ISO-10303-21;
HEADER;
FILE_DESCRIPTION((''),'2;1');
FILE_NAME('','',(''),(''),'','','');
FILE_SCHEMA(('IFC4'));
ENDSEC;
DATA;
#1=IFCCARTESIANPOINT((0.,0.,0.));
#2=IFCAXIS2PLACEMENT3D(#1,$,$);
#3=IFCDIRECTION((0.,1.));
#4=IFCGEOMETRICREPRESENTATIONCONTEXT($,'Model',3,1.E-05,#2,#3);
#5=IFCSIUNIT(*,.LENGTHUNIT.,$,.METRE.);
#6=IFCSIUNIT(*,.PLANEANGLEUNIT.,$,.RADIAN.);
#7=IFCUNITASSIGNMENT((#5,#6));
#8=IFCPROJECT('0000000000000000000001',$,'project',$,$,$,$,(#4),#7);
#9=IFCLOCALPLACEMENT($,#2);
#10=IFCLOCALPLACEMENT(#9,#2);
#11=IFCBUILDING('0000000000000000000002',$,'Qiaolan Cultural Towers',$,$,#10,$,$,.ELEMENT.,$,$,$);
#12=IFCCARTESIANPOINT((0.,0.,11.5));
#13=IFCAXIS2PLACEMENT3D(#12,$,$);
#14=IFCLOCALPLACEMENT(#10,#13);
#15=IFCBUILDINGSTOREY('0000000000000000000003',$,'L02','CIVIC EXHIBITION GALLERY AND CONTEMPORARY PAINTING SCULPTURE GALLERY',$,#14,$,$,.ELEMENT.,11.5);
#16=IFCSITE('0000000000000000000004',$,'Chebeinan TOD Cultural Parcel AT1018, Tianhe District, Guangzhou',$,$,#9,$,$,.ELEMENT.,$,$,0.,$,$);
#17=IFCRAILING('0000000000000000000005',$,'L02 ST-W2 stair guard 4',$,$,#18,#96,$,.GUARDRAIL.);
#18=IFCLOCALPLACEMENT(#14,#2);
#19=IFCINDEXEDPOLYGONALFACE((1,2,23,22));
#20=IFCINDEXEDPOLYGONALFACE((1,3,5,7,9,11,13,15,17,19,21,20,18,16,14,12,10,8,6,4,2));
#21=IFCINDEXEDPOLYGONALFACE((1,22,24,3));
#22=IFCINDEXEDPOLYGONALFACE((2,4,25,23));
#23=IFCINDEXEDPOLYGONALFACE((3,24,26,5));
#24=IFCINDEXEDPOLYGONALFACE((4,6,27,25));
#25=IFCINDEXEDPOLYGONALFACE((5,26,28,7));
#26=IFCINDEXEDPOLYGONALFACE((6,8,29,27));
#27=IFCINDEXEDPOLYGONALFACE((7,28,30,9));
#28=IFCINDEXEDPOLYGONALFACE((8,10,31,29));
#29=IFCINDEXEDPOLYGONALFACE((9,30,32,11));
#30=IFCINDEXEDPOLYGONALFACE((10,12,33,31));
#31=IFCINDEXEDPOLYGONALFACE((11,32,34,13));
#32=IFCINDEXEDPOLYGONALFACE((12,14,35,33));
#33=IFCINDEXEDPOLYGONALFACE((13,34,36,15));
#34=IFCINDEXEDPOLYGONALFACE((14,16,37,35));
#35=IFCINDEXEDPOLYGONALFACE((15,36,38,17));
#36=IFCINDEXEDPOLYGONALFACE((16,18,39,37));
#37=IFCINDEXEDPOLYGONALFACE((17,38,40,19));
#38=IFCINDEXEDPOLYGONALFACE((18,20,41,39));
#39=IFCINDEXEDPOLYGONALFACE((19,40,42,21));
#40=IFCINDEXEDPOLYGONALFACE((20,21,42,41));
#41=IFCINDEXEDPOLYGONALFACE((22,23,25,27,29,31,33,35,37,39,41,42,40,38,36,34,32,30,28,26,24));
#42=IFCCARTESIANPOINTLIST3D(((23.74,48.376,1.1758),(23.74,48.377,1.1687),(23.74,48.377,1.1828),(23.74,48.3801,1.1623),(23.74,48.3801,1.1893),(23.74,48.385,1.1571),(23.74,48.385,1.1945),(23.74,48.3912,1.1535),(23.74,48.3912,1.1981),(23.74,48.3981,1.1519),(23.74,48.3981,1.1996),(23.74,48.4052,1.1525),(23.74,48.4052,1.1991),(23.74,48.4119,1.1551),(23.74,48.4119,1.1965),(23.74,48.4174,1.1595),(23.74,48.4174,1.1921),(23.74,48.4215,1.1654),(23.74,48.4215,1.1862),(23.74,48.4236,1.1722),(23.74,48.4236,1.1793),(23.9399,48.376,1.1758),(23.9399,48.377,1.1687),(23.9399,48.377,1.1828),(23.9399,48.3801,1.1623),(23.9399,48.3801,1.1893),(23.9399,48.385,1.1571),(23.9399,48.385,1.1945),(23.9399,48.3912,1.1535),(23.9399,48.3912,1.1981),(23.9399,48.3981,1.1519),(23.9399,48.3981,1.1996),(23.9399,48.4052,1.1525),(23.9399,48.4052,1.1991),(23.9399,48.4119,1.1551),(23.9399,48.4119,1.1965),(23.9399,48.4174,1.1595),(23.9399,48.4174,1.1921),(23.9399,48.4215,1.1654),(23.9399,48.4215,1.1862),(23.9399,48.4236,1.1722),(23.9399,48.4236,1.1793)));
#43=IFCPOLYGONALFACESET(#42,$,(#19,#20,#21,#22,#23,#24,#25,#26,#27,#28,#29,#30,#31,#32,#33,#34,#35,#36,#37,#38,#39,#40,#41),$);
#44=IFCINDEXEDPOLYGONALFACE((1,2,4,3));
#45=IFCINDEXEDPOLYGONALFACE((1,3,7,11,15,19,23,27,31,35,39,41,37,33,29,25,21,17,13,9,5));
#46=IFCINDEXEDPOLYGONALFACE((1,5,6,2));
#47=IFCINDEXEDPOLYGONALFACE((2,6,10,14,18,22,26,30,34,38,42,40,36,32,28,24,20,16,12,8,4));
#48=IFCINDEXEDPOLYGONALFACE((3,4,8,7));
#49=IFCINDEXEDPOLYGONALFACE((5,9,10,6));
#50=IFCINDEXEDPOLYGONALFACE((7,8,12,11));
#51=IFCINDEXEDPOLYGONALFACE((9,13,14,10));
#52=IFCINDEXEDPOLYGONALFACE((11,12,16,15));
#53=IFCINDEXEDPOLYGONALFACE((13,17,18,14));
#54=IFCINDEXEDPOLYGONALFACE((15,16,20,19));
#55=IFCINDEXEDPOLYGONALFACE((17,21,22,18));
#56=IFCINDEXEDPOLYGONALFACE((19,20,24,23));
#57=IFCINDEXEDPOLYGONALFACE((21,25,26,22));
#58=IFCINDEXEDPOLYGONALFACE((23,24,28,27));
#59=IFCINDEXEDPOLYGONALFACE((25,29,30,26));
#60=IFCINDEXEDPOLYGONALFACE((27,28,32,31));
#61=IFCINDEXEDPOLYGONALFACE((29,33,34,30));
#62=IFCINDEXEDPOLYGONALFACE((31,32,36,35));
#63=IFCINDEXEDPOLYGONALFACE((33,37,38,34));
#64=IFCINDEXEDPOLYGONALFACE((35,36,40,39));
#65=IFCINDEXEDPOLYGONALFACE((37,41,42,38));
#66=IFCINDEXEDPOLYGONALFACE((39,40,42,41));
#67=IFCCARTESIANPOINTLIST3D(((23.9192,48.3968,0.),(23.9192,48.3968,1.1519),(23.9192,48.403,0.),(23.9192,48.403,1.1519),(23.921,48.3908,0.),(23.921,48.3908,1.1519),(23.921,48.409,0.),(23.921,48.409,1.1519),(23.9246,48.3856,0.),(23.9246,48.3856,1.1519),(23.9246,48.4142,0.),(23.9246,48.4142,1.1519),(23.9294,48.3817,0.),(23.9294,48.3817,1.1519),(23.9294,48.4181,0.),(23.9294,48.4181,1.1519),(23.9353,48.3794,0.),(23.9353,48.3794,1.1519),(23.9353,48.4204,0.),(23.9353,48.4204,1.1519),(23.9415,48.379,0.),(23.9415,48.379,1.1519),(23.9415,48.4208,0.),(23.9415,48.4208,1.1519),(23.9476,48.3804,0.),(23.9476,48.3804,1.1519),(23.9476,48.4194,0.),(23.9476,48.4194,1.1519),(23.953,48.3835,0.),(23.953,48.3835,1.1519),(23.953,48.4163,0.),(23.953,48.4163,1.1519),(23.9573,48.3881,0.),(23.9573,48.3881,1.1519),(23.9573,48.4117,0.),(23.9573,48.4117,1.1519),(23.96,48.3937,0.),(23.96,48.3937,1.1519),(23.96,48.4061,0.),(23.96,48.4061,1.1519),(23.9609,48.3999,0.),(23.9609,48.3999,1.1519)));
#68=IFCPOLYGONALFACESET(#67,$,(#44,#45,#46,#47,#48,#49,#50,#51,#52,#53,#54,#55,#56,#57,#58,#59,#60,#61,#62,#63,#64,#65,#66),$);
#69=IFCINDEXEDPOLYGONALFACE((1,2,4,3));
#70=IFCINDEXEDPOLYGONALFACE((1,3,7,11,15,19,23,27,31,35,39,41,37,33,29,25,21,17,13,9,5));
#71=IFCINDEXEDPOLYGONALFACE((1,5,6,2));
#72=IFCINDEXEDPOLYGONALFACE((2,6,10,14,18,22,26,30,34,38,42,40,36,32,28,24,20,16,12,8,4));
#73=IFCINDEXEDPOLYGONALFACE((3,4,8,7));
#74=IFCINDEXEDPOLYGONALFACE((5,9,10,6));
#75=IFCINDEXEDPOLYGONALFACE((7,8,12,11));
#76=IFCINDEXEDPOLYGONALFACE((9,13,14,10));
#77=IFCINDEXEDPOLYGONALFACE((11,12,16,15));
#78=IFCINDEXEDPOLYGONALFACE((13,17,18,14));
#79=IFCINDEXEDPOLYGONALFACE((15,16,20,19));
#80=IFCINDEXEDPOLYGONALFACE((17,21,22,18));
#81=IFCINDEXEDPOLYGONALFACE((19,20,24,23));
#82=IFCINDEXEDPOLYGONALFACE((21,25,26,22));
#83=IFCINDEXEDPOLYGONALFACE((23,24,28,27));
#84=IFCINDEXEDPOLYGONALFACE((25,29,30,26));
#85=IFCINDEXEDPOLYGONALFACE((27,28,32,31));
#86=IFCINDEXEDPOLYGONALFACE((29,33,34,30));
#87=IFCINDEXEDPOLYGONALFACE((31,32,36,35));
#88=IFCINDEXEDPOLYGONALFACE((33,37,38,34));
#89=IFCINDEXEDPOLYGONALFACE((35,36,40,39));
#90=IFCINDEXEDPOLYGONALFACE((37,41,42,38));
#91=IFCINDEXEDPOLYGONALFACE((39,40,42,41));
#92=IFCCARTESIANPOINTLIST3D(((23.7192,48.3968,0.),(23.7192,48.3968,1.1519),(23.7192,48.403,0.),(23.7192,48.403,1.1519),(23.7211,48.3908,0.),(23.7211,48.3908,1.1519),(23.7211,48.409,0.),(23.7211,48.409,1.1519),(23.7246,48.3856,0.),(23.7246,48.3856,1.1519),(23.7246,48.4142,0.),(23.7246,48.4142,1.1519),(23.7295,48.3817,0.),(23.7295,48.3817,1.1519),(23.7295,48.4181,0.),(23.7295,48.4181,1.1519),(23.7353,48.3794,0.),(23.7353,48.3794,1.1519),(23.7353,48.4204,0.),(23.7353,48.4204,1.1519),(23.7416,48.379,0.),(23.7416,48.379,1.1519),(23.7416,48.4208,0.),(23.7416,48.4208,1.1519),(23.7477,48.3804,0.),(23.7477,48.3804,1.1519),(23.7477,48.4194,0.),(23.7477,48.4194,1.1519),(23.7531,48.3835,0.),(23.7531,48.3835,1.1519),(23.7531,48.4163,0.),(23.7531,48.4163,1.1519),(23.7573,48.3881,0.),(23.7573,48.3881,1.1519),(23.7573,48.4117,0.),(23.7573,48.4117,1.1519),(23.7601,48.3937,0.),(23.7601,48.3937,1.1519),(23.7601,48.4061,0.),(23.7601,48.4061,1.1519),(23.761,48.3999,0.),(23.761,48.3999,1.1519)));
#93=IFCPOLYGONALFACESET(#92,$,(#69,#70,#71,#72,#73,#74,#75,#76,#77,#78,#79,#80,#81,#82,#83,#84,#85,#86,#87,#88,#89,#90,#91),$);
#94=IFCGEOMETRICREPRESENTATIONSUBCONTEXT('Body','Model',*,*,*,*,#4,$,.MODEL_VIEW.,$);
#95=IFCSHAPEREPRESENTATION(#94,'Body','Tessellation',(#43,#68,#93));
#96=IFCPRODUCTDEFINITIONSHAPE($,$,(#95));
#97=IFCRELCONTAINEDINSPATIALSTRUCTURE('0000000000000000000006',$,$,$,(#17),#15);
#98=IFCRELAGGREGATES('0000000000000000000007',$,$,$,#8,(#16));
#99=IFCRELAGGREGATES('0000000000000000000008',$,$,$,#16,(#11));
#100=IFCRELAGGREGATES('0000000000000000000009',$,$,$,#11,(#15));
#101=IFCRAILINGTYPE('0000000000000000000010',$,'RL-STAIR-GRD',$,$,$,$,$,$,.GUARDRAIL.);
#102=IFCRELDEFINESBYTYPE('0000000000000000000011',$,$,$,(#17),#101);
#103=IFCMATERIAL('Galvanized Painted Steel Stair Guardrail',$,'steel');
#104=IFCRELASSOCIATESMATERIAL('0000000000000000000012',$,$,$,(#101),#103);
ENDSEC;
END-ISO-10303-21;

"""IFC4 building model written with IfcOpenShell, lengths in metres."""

from ifc_helpers import new_model, si_unit, direction, frame, origin, origin_2d, place, context, subcontext, project, spatial, circle, extrude, material, type_object, element, save


model = new_model("IFC4")

# Units and contexts
model_context = context("Model", 3, precision=1e-05, world=origin(), true_north=direction((0.0, 1.0)))
body_context = subcontext(model_context, "Body", "Model", "MODEL_VIEW")
ifc_project = project(units=[si_unit("LENGTHUNIT", "METRE"), si_unit("PLANEANGLEUNIT", "RADIAN")], contexts=[model_context])

# Site, building, storey
site_placement = place(None, origin())
site = spatial("IfcSite", under=ifc_project, at=site_placement, Name="Chebeinan TOD Cultural Parcel AT1018, Tianhe District, Guangzhou", CompositionType="ELEMENT", RefElevation=0.0)
building_placement = place(site_placement, origin())
building = spatial("IfcBuilding", under=site, at=building_placement, Name="Qiaolan Cultural Towers", CompositionType="ELEMENT")
storey_placement = place(building_placement, frame((0.0, 0.0, 11.5)))
storey = spatial("IfcBuildingStorey", under=building, at=storey_placement, Name="L02", Description="CIVIC EXHIBITION GALLERY AND CONTEMPORARY PAINTING SCULPTURE GALLERY", CompositionType="ELEMENT", Elevation=11.5)

# Railing
ifc_material_1 = material(Name="Galvanized Painted Steel Stair Guardrail", Category="steel")
railing_type_1 = type_object("IfcRailingType", Name="RL-STAIR-GRD", PredefinedType="GUARDRAIL", material=ifc_material_1)
railing_1_placement = place(storey_placement, frame((23.9399, 48.3999, 0.0)))
element("IfcRailing", 1, at=railing_1_placement, inside=storey, type_object=railing_type_1, Name="L02 ST-W2 stair guard 4", PredefinedType="GUARDRAIL", context=body_context, shape_type="SweptSolid", body=[
    extrude(circle(Radius=0.0239, at=origin_2d()), frame((0.0, 0.0, 1.1758), z_axis=(-1.0, 0.0, 0.0), x_axis=(0.0, -1.0, 0.0)), (0.0, 0.0, 1.0), 0.2),
    extrude(circle(Radius=0.021, at=origin_2d()), origin(), (0.0, 0.0, 1.0), 1.1519),
    extrude(circle(Radius=0.021, at=origin_2d()), frame((-0.2, 0.0, 0.0)), (0.0, 0.0, 1.0), 1.1519),
])

save(model, "model.ifc")
